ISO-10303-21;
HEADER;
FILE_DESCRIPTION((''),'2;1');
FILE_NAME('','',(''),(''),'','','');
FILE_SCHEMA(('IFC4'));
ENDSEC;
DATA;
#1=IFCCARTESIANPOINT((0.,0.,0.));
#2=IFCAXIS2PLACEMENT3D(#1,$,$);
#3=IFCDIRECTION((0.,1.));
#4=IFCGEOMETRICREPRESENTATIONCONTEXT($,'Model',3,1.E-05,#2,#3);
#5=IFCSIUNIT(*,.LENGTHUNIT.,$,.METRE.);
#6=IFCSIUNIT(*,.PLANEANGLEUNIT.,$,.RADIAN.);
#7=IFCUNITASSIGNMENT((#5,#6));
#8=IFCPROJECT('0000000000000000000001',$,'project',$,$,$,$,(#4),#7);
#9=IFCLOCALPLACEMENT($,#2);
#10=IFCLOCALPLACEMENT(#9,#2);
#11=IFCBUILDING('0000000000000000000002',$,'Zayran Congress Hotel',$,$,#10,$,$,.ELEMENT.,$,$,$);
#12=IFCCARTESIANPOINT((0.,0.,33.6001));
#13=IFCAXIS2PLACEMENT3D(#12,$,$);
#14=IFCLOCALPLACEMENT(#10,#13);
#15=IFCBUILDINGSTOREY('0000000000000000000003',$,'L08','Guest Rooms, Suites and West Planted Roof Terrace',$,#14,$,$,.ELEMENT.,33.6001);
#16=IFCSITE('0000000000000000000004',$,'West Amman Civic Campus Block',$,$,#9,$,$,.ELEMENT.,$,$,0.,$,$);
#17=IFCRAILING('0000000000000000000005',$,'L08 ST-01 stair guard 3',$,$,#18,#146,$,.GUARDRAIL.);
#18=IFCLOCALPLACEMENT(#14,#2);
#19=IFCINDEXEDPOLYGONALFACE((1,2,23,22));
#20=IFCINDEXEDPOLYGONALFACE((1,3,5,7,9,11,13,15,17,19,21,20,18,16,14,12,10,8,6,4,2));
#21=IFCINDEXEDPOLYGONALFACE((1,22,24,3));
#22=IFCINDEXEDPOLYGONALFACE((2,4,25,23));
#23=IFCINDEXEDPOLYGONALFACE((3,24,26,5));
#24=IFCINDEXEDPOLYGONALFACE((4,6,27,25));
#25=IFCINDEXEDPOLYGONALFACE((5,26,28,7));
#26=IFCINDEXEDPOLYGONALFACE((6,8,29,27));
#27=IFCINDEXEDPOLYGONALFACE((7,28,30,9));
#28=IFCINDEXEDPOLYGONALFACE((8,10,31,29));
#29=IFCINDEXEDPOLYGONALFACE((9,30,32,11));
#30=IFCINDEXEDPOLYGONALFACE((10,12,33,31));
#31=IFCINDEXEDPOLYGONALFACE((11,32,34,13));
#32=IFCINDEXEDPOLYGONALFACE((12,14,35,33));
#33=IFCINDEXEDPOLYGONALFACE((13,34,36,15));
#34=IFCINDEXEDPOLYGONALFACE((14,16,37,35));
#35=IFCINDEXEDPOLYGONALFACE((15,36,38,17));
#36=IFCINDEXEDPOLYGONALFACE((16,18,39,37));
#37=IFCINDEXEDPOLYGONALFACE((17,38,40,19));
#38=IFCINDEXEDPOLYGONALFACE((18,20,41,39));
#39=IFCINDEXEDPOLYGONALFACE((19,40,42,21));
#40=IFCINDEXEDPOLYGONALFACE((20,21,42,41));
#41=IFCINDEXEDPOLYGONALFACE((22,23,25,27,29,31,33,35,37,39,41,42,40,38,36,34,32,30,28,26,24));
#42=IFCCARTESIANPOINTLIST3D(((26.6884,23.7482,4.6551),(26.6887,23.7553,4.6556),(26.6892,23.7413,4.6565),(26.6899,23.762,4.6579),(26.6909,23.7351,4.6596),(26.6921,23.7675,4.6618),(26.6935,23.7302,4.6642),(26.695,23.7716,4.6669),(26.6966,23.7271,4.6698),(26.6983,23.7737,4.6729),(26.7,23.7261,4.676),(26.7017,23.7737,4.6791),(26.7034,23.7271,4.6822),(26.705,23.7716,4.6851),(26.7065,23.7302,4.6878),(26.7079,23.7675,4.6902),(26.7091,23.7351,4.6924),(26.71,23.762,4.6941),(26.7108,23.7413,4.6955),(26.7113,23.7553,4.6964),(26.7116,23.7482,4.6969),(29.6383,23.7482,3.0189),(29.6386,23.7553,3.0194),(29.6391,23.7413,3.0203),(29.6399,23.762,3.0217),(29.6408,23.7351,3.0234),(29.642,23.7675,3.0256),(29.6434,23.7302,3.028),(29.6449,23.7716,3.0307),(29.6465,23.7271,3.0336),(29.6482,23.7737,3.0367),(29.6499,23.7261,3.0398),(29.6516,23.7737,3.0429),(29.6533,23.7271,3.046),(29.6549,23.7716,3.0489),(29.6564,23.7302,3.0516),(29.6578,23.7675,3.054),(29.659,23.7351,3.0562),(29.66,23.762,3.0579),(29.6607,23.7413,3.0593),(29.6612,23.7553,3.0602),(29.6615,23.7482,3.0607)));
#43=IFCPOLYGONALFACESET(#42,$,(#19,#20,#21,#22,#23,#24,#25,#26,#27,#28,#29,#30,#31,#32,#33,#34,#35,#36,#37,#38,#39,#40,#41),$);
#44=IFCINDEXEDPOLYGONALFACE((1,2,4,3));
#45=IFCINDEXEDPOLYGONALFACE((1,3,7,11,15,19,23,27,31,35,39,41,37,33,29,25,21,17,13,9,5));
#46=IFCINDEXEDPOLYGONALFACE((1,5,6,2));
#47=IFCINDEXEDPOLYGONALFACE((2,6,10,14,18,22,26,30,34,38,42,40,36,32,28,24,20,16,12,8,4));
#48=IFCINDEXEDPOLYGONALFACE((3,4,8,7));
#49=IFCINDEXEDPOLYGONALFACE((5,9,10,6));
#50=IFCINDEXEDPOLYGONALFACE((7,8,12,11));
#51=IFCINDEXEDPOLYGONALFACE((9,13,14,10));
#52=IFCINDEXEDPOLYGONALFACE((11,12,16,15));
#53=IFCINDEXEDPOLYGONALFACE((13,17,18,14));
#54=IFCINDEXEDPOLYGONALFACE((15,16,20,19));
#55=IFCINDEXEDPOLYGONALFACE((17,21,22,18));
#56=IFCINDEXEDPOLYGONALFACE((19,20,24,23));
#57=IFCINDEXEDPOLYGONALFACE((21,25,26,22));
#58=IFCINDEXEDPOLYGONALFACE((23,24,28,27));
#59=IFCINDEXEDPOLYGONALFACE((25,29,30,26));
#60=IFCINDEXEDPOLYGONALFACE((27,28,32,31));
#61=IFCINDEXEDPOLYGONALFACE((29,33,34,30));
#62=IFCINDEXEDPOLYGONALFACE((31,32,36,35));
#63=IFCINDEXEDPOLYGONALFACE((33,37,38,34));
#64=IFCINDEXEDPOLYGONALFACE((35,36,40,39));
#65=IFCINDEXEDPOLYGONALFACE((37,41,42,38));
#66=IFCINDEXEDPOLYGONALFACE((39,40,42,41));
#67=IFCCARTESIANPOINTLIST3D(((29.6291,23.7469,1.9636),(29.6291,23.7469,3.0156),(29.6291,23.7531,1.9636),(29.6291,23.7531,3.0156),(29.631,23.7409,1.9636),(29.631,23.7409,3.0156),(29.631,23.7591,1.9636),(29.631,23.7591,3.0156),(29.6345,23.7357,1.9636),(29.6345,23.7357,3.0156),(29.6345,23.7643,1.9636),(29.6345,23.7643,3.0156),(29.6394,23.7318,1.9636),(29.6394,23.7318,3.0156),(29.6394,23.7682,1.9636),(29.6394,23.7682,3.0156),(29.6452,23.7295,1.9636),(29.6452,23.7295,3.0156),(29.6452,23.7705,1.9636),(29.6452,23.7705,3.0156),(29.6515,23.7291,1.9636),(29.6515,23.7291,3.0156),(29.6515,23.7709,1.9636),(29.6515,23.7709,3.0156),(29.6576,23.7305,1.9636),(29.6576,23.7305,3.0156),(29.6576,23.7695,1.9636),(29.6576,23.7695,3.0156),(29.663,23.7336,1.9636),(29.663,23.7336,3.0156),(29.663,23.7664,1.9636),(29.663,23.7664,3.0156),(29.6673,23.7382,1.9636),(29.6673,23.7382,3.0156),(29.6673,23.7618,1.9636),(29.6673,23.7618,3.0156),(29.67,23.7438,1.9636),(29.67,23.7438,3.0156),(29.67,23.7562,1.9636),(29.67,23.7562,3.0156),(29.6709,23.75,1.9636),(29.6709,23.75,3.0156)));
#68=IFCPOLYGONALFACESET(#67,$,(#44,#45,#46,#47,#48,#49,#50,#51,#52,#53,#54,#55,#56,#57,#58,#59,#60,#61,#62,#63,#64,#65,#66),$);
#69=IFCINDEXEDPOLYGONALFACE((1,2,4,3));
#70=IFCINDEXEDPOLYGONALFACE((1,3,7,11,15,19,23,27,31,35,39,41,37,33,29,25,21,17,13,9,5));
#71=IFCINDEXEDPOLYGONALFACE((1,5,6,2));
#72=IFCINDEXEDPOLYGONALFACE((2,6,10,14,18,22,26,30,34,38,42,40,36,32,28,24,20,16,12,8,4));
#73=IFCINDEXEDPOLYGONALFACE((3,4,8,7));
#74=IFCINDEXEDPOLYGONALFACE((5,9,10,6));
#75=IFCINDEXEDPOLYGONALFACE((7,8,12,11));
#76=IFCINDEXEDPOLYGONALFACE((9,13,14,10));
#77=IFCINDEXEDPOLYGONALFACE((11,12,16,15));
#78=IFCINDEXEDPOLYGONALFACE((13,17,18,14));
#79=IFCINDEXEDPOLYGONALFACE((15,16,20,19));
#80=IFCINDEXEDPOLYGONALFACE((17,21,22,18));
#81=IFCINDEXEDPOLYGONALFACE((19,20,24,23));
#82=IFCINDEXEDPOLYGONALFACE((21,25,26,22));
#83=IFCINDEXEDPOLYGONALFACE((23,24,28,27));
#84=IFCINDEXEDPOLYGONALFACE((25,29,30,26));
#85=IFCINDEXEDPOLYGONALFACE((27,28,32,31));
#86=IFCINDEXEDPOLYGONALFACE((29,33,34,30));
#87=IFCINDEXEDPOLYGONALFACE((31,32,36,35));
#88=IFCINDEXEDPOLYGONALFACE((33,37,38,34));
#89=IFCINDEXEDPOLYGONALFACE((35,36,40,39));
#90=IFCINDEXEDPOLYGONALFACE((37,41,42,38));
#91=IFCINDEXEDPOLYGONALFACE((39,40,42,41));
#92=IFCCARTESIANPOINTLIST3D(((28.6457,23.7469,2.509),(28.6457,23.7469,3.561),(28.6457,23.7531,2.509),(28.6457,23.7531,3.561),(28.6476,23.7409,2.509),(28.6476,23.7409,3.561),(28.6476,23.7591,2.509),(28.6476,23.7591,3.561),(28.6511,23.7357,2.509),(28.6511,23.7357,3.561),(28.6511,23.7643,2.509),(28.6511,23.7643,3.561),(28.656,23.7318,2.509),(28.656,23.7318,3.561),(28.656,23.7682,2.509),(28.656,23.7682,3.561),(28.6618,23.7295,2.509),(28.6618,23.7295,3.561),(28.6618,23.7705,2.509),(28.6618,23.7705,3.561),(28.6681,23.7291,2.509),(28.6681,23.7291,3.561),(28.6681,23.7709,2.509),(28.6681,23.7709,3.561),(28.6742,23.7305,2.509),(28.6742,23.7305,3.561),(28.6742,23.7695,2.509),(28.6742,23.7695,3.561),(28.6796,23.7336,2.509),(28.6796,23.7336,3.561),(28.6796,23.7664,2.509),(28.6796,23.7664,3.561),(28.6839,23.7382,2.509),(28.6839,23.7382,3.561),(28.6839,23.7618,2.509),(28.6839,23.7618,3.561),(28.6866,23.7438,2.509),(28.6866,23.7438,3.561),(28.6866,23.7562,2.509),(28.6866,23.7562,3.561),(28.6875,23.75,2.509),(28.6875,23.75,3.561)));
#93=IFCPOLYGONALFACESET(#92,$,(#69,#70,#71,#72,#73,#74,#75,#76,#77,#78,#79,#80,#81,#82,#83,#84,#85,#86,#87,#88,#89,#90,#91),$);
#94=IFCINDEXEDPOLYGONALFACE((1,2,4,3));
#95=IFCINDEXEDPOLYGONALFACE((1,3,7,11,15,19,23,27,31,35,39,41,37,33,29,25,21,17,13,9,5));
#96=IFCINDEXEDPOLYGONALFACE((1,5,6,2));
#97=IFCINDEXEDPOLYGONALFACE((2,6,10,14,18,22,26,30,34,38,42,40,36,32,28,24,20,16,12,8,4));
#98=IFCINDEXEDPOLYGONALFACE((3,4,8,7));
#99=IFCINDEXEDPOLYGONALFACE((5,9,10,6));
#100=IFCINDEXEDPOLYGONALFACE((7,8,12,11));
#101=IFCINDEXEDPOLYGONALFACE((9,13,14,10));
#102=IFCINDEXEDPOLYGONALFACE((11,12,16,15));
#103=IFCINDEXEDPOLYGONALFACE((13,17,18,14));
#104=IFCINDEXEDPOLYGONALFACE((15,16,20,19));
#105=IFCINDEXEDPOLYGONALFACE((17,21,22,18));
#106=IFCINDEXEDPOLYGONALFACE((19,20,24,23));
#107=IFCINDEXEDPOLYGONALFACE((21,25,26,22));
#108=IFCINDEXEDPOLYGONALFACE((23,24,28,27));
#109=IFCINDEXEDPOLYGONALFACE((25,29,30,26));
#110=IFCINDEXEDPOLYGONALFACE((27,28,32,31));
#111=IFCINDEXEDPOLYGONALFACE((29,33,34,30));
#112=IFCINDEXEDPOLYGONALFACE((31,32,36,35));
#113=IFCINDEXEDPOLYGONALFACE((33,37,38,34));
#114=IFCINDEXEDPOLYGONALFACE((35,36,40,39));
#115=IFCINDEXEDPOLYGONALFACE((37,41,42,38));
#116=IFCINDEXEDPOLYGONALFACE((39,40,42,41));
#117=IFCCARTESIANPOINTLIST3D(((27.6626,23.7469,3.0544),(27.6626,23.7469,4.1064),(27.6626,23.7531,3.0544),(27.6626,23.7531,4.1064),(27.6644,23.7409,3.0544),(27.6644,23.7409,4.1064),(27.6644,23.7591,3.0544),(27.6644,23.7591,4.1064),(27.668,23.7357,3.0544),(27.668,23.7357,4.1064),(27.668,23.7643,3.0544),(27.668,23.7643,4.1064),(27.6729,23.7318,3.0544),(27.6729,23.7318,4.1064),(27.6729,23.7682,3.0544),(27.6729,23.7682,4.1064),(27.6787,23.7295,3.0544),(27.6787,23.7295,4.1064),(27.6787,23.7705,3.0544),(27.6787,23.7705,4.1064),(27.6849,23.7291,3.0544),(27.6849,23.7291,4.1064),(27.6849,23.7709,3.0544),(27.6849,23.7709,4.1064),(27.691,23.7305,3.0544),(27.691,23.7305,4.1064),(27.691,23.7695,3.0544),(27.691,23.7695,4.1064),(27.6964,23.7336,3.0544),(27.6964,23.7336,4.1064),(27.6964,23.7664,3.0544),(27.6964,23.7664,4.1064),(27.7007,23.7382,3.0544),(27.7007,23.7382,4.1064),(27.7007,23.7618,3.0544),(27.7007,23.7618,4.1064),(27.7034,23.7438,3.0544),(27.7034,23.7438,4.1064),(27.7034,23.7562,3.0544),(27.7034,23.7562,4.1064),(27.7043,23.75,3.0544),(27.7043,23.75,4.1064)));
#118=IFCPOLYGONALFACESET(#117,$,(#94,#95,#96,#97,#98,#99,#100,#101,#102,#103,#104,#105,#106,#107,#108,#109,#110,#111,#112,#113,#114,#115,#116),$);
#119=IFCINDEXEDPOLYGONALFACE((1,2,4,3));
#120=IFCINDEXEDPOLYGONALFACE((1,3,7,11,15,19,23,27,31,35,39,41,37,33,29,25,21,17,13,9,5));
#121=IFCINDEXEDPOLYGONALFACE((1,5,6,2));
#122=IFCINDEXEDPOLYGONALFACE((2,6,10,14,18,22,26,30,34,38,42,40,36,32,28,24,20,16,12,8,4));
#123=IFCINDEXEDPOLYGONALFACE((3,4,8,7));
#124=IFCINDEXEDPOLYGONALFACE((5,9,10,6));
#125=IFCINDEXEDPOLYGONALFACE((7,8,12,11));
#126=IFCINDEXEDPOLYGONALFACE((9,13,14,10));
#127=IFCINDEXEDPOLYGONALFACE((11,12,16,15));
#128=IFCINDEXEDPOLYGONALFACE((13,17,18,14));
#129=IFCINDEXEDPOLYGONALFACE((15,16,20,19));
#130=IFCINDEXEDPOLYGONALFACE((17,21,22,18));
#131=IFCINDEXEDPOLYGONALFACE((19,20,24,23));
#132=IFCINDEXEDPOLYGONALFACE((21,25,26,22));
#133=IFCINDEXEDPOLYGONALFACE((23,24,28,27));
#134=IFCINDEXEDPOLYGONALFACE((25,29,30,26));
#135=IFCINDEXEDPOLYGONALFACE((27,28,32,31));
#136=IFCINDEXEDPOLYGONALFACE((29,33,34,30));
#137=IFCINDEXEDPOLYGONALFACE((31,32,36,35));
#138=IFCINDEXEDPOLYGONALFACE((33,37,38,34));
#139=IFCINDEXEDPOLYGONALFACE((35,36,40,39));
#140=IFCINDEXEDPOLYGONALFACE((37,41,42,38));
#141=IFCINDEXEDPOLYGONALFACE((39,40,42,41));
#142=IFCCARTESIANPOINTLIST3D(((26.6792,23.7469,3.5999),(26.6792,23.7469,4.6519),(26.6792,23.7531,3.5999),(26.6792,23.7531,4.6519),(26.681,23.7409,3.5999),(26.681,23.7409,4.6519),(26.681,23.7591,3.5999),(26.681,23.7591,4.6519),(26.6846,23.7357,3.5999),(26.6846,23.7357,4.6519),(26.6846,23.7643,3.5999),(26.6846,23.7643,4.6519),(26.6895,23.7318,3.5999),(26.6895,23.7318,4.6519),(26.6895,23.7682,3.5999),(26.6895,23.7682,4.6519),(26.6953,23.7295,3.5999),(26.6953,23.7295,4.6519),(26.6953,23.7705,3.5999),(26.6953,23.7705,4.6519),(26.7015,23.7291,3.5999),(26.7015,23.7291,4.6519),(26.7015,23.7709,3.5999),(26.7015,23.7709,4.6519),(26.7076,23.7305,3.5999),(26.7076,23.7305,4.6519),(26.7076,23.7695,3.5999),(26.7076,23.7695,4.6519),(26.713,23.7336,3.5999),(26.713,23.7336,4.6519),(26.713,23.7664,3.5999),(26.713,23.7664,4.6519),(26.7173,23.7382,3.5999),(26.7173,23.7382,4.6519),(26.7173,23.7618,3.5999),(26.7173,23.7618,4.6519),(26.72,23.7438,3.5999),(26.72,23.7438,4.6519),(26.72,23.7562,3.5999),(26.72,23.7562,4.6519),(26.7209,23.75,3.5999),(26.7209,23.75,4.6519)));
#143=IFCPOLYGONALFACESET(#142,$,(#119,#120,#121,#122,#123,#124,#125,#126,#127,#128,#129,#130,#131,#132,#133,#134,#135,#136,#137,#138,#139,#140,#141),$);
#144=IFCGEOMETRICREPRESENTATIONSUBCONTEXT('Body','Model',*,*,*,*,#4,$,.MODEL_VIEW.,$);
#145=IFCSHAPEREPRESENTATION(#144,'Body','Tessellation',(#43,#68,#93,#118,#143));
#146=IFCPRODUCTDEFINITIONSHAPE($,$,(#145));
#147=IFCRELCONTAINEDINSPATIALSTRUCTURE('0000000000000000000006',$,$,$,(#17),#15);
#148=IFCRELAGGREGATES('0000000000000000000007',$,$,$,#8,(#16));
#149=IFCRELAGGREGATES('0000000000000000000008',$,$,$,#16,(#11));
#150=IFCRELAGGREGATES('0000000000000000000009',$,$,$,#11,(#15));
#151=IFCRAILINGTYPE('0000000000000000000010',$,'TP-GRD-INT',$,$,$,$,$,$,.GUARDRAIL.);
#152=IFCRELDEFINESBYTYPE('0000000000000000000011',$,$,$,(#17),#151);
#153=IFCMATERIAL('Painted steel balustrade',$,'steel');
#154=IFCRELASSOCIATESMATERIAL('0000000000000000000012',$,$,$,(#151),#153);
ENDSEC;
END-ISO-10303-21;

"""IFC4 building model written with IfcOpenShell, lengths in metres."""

from ifc_helpers import new_model, si_unit, direction, frame, origin, origin_2d, place, context, subcontext, project, spatial, circle, extrude, material, type_object, element, save


model = new_model("IFC4")

# Units and contexts
model_context = context("Model", 3, precision=1e-05, world=origin(), true_north=direction((0.0, 1.0)))
body_context = subcontext(model_context, "Body", "Model", "MODEL_VIEW")
ifc_project = project(units=[si_unit("LENGTHUNIT", "METRE"), si_unit("PLANEANGLEUNIT", "RADIAN")], contexts=[model_context])

# Site, building, storey
site_placement = place(None, origin())
site = spatial("IfcSite", under=ifc_project, at=site_placement, Name="West Amman Civic Campus Block", CompositionType="ELEMENT", RefElevation=0.0)
building_placement = place(site_placement, origin())
building = spatial("IfcBuilding", under=site, at=building_placement, Name="Zayran Congress Hotel", CompositionType="ELEMENT")
storey_placement = place(building_placement, frame((0.0, 0.0, 33.6001)))
storey = spatial("IfcBuildingStorey", under=building, at=storey_placement, Name="L08", Description="Guest Rooms, Suites and West Planted Roof Terrace", CompositionType="ELEMENT", Elevation=33.6001)

# Railing
ifc_material_1 = material(Name="Painted steel balustrade", Category="steel")
railing_type_1 = type_object("IfcRailingType", Name="TP-GRD-INT", PredefinedType="GUARDRAIL", material=ifc_material_1)
railing_1_placement = place(storey_placement, frame((29.6499, 23.75, 1.9636)))
element("IfcRailing", 1, at=railing_1_placement, inside=storey, type_object=railing_type_1, Name="L08 ST-01 stair guard 3", PredefinedType="GUARDRAIL", context=body_context, shape_type="SweptSolid", body=[
    extrude(circle(Radius=0.0239, at=origin_2d()), frame((0.0, 0.0, 1.0762), z_axis=(-0.874488, 0.0, 0.485047), x_axis=(0.0, -1.0, 0.0)), (0.0, 0.0, 1.0), 3.3733),
    extrude(circle(Radius=0.021, at=origin_2d()), origin(), (0.0, 0.0, 1.0), 1.052),
    extrude(circle(Radius=0.021, at=origin_2d()), frame((-0.9834, 0.0, 0.5454)), (0.0, 0.0, 1.0), 1.052),
    extrude(circle(Radius=0.021, at=origin_2d()), frame((-1.9666, 0.0, 1.0908)), (0.0, 0.0, 1.0), 1.052),
    extrude(circle(Radius=0.021, at=origin_2d()), frame((-2.95, 0.0, 1.6362)), (0.0, 0.0, 1.0), 1.052),
])

save(model, "model.ifc")
